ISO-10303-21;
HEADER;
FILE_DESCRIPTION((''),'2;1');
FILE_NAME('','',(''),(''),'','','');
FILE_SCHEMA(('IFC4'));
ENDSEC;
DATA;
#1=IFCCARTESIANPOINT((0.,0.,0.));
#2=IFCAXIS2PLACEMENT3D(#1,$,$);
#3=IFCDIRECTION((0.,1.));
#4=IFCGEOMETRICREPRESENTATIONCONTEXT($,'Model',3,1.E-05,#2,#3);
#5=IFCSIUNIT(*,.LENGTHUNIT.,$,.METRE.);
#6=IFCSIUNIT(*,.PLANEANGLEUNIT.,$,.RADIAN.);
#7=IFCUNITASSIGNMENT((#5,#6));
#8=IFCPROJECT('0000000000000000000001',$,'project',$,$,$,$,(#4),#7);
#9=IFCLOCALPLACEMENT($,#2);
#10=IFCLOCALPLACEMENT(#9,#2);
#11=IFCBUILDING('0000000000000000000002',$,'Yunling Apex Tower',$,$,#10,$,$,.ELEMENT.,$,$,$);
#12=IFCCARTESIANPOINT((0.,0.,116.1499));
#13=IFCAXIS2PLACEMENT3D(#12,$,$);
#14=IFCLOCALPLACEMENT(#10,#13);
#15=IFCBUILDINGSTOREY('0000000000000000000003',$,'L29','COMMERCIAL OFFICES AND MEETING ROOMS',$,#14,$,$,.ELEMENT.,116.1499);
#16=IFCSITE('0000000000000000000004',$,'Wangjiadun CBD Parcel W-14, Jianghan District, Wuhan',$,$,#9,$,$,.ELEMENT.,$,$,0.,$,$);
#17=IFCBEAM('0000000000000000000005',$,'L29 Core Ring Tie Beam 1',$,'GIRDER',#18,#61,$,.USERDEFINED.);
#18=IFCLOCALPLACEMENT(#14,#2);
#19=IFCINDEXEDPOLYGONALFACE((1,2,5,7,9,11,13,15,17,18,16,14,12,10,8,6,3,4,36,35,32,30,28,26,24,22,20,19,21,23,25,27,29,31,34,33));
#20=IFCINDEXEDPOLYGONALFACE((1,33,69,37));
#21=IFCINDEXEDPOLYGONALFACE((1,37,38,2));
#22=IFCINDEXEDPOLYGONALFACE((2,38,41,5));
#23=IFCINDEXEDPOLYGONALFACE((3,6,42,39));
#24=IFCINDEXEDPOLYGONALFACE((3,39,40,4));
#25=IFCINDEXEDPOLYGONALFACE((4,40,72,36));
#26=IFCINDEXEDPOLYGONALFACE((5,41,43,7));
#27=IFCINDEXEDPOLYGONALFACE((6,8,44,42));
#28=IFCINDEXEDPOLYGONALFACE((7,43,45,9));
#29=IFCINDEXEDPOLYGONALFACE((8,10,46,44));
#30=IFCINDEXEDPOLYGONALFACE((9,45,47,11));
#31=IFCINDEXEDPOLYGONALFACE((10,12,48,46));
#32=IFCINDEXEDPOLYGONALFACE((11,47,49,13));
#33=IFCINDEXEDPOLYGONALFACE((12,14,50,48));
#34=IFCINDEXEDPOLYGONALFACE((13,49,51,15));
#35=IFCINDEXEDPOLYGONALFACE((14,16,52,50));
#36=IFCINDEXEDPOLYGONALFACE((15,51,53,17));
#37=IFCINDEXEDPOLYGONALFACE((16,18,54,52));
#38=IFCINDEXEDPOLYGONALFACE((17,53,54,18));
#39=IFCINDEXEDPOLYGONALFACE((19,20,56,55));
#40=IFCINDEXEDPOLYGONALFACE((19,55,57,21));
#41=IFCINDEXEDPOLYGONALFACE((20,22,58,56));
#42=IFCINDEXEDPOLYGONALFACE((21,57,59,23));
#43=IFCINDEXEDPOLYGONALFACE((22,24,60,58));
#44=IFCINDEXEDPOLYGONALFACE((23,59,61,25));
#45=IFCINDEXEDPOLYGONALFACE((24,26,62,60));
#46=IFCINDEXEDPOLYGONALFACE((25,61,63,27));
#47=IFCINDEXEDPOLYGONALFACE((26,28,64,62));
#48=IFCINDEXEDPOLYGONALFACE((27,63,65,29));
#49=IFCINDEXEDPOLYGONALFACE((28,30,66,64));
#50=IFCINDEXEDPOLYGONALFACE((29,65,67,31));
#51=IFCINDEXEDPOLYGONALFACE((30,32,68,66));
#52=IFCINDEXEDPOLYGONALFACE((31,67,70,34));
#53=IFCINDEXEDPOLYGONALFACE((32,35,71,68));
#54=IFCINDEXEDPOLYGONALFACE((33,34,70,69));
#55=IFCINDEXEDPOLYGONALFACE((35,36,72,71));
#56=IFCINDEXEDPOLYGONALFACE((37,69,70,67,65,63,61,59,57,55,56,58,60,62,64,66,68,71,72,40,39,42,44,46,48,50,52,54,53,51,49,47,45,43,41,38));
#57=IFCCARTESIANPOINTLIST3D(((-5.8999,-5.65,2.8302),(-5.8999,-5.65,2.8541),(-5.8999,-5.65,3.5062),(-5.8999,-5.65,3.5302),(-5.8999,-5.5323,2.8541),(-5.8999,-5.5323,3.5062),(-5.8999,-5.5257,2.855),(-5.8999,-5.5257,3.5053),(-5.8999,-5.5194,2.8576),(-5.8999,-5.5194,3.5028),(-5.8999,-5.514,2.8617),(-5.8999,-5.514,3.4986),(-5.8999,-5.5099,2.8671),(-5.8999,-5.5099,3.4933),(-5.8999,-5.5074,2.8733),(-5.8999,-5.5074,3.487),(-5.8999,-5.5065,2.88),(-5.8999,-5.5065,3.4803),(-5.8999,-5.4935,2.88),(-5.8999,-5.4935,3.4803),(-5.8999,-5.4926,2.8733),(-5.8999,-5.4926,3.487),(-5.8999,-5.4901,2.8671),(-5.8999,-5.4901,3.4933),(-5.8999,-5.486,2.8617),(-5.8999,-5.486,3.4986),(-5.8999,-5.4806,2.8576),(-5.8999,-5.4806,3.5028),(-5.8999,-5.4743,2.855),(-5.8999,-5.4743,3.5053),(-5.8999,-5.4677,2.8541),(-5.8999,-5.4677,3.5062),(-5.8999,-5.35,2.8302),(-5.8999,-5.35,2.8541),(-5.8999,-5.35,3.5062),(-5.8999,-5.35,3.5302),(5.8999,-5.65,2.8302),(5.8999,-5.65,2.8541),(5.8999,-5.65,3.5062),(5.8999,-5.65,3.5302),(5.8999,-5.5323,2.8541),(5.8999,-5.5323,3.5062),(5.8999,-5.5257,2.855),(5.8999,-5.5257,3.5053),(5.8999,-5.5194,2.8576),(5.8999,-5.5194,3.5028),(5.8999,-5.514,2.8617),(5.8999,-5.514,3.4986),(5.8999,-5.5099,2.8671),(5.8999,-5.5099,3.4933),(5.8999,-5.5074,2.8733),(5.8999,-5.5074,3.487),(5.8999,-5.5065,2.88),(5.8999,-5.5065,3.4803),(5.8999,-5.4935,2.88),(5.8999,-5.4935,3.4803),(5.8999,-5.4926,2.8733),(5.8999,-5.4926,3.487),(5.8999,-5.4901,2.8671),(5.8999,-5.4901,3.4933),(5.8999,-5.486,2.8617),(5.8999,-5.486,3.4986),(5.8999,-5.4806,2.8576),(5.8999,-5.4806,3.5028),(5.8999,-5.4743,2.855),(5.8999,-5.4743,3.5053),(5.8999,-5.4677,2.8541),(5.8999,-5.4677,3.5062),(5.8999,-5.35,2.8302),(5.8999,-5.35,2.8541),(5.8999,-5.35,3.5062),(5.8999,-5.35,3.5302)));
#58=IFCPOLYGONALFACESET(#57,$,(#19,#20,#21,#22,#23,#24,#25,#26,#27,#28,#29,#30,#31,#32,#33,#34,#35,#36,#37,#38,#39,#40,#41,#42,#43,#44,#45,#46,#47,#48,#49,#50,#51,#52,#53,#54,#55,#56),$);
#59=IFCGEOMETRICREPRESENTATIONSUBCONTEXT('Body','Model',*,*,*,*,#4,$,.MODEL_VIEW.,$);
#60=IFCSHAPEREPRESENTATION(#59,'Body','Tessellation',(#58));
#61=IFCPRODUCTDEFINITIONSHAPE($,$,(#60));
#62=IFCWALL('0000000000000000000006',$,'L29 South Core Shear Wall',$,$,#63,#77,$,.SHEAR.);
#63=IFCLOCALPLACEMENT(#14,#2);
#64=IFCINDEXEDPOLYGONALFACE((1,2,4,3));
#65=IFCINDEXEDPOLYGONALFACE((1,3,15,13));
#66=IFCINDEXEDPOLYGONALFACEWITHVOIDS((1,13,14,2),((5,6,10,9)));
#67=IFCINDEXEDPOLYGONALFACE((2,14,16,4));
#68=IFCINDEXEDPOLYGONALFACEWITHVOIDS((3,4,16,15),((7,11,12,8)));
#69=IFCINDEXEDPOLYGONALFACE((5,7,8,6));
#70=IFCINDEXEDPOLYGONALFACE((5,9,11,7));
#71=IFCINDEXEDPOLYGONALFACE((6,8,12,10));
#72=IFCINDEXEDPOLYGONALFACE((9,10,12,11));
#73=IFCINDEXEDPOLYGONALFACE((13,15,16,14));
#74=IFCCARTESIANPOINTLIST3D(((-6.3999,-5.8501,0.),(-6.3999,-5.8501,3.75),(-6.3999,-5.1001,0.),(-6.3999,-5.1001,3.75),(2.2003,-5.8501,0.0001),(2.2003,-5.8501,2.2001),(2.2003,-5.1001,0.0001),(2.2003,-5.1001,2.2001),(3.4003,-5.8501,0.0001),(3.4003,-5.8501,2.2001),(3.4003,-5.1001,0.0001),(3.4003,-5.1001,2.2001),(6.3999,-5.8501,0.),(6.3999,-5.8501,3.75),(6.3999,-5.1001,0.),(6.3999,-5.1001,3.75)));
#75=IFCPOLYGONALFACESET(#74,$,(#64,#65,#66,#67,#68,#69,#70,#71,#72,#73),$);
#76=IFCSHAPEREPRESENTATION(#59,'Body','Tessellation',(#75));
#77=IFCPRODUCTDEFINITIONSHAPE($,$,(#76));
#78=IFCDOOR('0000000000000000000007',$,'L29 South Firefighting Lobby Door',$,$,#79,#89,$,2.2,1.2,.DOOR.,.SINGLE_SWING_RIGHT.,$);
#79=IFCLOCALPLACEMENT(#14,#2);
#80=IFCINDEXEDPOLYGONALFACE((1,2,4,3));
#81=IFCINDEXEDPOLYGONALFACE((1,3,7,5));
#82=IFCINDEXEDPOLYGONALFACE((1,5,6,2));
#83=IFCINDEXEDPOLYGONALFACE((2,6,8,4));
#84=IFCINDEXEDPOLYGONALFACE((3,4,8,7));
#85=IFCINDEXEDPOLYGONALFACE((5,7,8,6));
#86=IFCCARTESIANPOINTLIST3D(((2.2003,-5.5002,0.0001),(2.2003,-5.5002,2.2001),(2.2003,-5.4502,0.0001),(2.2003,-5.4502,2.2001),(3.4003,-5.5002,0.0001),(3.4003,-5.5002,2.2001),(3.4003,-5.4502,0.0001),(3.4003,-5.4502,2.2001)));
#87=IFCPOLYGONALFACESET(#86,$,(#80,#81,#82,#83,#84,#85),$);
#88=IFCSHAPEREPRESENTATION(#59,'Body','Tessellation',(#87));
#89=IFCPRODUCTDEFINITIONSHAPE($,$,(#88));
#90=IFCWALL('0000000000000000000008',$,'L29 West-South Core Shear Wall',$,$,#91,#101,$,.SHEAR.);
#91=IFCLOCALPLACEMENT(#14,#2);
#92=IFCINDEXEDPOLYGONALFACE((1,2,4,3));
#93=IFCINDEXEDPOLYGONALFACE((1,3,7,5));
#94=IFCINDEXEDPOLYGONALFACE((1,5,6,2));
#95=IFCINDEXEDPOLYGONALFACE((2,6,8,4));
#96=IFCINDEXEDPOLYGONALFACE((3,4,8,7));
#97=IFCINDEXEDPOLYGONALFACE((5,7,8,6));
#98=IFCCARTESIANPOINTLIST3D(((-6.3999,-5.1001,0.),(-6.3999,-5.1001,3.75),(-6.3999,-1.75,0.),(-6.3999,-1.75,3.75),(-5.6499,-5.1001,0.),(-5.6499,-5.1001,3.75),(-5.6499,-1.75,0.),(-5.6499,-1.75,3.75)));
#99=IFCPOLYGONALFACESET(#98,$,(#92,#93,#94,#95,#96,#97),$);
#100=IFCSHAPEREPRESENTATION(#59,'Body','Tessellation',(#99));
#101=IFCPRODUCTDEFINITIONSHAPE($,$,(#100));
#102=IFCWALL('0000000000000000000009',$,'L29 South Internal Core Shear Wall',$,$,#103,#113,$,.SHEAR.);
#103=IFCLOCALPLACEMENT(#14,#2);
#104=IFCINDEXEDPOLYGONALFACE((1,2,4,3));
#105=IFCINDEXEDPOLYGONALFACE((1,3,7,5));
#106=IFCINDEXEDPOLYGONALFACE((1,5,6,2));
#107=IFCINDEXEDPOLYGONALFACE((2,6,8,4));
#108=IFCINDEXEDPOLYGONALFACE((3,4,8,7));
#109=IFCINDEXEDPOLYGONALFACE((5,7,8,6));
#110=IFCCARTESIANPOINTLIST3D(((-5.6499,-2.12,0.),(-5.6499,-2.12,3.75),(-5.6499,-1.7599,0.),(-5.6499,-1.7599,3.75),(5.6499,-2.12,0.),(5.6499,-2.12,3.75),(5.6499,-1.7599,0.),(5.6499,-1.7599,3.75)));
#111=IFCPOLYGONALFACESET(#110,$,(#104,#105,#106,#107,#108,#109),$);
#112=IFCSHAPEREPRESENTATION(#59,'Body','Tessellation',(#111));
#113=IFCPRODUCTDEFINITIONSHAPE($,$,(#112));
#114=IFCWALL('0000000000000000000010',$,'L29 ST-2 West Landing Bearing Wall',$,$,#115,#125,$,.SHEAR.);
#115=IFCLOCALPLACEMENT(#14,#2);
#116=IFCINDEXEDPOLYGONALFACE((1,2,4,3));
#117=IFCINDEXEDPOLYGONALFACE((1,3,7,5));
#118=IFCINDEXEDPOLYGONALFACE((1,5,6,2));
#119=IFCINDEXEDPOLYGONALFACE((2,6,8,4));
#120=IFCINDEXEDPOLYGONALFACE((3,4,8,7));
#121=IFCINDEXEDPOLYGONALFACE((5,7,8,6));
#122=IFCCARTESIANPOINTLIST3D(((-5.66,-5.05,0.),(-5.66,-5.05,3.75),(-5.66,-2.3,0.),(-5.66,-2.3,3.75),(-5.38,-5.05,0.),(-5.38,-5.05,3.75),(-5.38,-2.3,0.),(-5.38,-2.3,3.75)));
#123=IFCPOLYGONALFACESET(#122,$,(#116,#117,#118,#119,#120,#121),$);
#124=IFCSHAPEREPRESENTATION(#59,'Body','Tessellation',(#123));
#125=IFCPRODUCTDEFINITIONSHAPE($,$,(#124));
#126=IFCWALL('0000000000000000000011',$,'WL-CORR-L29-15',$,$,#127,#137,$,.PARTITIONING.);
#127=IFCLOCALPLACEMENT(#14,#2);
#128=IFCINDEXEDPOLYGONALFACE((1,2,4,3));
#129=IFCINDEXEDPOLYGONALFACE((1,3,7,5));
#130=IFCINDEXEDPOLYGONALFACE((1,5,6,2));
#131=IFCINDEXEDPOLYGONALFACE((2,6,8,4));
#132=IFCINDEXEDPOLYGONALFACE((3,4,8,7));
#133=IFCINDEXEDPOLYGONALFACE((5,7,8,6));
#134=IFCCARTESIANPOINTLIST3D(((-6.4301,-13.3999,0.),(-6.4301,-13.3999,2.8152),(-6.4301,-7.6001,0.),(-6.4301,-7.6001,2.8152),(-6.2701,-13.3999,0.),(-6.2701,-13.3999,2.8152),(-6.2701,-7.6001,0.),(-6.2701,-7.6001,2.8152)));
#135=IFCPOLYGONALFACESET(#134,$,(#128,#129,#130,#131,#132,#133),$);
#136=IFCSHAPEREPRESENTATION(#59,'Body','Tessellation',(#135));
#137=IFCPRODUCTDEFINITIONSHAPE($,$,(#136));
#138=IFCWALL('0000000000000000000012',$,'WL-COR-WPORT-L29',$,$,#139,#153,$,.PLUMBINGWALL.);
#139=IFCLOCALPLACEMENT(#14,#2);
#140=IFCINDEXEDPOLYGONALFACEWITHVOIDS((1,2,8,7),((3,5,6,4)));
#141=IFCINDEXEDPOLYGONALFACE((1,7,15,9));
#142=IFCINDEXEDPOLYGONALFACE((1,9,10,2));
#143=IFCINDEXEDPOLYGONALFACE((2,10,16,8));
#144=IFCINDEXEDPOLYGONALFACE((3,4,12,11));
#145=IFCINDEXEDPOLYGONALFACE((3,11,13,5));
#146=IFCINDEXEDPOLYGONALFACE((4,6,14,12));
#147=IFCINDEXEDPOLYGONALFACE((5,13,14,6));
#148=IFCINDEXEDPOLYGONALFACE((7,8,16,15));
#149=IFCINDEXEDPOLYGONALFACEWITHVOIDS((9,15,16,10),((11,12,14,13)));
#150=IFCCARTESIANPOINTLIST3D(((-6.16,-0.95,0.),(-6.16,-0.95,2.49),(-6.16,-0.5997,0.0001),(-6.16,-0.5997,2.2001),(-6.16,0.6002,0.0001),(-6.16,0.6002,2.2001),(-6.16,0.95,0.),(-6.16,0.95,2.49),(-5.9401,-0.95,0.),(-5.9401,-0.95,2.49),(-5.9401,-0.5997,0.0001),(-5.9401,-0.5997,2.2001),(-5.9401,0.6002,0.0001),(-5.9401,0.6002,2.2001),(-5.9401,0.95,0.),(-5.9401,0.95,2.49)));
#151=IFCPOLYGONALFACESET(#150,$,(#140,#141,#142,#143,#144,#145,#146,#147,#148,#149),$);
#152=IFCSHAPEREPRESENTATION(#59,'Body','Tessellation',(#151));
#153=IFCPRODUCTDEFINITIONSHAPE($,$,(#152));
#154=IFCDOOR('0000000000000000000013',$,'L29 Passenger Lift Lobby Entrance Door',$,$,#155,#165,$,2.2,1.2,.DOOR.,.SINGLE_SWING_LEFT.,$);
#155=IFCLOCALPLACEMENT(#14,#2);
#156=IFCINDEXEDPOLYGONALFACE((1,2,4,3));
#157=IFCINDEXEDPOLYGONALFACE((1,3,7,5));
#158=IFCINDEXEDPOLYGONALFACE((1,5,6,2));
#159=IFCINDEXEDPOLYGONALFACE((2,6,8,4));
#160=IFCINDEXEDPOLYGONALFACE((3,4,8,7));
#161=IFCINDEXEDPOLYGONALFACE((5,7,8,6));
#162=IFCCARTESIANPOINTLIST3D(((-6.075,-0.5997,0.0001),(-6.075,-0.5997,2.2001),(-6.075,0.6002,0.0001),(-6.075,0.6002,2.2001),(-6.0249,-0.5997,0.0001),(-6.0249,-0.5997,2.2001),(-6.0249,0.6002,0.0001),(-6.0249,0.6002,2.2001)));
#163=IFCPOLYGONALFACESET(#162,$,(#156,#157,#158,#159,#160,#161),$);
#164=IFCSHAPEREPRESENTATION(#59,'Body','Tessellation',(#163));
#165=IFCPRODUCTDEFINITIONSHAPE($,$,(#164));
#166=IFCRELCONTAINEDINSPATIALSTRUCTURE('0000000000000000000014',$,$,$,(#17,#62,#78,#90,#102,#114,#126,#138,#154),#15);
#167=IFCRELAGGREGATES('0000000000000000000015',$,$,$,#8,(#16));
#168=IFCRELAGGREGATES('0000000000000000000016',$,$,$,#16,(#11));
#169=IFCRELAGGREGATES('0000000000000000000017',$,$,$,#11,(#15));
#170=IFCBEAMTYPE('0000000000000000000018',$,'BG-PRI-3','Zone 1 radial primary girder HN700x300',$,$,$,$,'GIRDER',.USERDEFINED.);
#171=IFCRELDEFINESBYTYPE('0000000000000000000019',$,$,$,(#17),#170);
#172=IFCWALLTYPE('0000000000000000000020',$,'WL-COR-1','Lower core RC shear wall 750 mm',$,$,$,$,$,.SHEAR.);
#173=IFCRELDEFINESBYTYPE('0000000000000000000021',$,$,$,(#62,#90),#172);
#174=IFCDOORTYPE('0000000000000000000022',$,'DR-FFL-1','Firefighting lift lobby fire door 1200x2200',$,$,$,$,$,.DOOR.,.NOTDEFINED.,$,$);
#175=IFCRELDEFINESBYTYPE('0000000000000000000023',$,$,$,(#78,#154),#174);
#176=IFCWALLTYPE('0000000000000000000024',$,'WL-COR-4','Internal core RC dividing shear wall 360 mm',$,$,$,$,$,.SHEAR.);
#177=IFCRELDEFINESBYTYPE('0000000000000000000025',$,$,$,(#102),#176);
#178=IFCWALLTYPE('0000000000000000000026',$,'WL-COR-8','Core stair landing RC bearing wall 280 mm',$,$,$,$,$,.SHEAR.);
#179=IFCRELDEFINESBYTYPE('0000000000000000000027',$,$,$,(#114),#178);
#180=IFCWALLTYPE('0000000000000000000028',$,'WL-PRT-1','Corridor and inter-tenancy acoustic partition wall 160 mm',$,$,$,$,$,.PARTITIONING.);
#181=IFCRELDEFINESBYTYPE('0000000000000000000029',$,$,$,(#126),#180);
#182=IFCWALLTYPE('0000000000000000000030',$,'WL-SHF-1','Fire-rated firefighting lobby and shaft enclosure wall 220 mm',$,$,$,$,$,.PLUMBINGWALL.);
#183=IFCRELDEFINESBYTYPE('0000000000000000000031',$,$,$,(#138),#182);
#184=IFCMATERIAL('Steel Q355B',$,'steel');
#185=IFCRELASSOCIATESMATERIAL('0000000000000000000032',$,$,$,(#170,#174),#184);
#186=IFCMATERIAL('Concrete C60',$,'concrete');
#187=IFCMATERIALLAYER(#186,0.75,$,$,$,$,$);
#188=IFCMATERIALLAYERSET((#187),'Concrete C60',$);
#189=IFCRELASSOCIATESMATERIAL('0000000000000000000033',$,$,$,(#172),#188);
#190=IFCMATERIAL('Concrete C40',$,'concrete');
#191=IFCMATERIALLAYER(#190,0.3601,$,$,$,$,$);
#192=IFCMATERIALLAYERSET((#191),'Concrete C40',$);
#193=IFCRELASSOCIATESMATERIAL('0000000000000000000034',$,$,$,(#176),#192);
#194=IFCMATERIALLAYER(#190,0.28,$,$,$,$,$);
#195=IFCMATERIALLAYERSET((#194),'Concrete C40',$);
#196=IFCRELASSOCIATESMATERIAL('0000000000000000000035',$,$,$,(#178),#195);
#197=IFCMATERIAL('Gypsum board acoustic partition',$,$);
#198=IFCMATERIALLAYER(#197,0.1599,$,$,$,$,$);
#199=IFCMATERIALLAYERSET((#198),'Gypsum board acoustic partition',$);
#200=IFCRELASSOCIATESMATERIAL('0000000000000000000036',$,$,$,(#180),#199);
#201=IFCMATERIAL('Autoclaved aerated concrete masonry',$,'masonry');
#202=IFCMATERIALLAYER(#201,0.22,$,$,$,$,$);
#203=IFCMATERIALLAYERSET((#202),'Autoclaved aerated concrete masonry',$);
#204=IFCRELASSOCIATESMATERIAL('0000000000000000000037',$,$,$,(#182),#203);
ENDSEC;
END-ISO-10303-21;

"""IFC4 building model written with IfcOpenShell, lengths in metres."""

from ifc_helpers import new_model, si_unit, direction, frame, frame_2d, origin, origin_2d, place, context, subcontext, project, spatial, rectangle, i_section, extrude, source, transform, mapped, material, layer, layer_set, material_profile, profile_set, type_object, element, fill, save


model = new_model("IFC4")

# Units and contexts
model_context = context("Model", 3, precision=1e-05, world=origin(), true_north=direction((0.0, 1.0)))
body_context = subcontext(model_context, "Body", "Model", "MODEL_VIEW")
ifc_project = project(units=[si_unit("LENGTHUNIT", "METRE"), si_unit("PLANEANGLEUNIT", "RADIAN")], contexts=[model_context])

# Site, building, storey
site_placement = place(None, origin())
site = spatial("IfcSite", under=ifc_project, at=site_placement, Name="Wangjiadun CBD Parcel W-14, Jianghan District, Wuhan", CompositionType="ELEMENT", RefElevation=0.0)
building_placement = place(site_placement, origin())
building = spatial("IfcBuilding", under=site, at=building_placement, Name="Yunling Apex Tower", CompositionType="ELEMENT")
storey_placement = place(building_placement, frame((0.0, 0.0, 116.1499)))
storey = spatial("IfcBuildingStorey", under=building, at=storey_placement, Name="L29", Description="COMMERCIAL OFFICES AND MEETING ROOMS", CompositionType="ELEMENT", Elevation=116.1499)

# Shared definitions
ifc_material_1 = material(Name="Concrete C60", Category="concrete")

# Beam
ifc_material_2 = material(Name="Steel Q355B", Category="steel")
ifc_material_profile_1 = material_profile(ifc_material_2, i_section(OverallWidth=0.3, OverallDepth=0.7, WebThickness=0.0129, FlangeThickness=0.0239, FilletRadius=0.0259, at=origin_2d()))
ifc_profile_set_1 = profile_set([ifc_material_profile_1], Name="Steel Q355B")
beam_type_1 = type_object("IfcBeamType", Name="BG-PRI-3", Description="Zone 1 radial primary girder HN700x300", ElementType="GIRDER", PredefinedType="USERDEFINED", material=ifc_profile_set_1)
shared_shape_1 = source(origin(), body_context, "Body", "SweptSolid", [
    extrude(i_section(OverallWidth=0.3, OverallDepth=0.7, WebThickness=0.0129, FlangeThickness=0.0239, FilletRadius=0.0259, at=origin_2d()), origin(), (0.0, 0.0, 1.0), 11.7998),
])
beam_1_placement = place(storey_placement, frame((-5.8999, -5.5, 3.1802), z_axis=(1.0, 0.0, 0.0), x_axis=(0.0, 1.0, 0.0)))
element("IfcBeam", 1, at=beam_1_placement, inside=storey, type_object=beam_type_1, Name="L29 Core Ring Tie Beam 1", ObjectType="GIRDER", PredefinedType="USERDEFINED", context=body_context, shape_type="MappedRepresentation", body=[
    mapped(shared_shape_1, transform((0.0, 0.0, 0.0), scale=1.0)),
])

# Wall, opening, door
ifc_layer_1 = layer(ifc_material_1, 0.75)
ifc_layer_set_1 = layer_set([ifc_layer_1], Name="Concrete C60")
wall_type_1 = type_object("IfcWallType", Name="WL-COR-1", Description="Lower core RC shear wall 750 mm", PredefinedType="SHEAR", material=ifc_layer_set_1)
wall_1_placement = place(storey_placement, frame((-6.3999, -5.4751, 0.0), z_axis=(0.0, 0.0, 1.0), x_axis=(1.0, 0.0, 0.0)))
wall_1 = element("IfcWall", 2, at=wall_1_placement, inside=storey, type_object=wall_type_1, Name="L29 South Core Shear Wall", PredefinedType="SHEAR", context=body_context, shape_type="SweptSolid", body=[
    extrude(rectangle(XDim=12.7998, YDim=0.75, at=frame_2d((6.3999, 0.0))), origin(), (0.0, 0.0, 1.0), 3.75),
])
opening_1_placement = place(wall_1_placement, frame((8.6001, 0.0, 0.0)))
opening_1 = element("IfcOpeningElement", 3, at=opening_1_placement, cuts=wall_1, PredefinedType="OPENING", context=body_context, shape_type="SweptSolid", body=[
    extrude(rectangle(XDim=1.2, YDim=2.2, at=frame_2d((0.6001, 1.1001))), frame((0.0, 0.385, 0.0), z_axis=(0.0, -1.0, 0.0), x_axis=(1.0, 0.0, 0.0)), (0.0, 0.0, 1.0), 0.77),
])
door_type = type_object("IfcDoorType", Name="DR-FFL-1", Description="Firefighting lift lobby fire door 1200x2200", OperationType="NOTDEFINED", PredefinedType="DOOR", material=ifc_material_2)
door_1_placement = place(opening_1_placement, origin())
door_1 = element("IfcDoor", 4, at=door_1_placement, inside=storey, type_object=door_type, Name="L29 South Firefighting Lobby Door", OperationType="SINGLE_SWING_RIGHT", OverallHeight=2.2, OverallWidth=1.2, PredefinedType="DOOR", context=body_context, shape_type="SweptSolid", body=[
    extrude(rectangle(XDim=1.2, YDim=2.2, at=frame_2d((0.6001, 1.1001))), frame((0.0, 0.0249, 0.0), z_axis=(0.0, -1.0, 0.0), x_axis=(1.0, 0.0, 0.0)), (0.0, 0.0, 1.0), 0.05),
])
fill(opening_1, door_1)

# Walls
wall_2_placement = place(storey_placement, frame((-6.0249, -5.1001, 0.0), z_axis=(0.0, 0.0, 1.0), x_axis=(0.0, 1.0, 0.0)))
element("IfcWall", 5, at=wall_2_placement, inside=storey, type_object=wall_type_1, Name="L29 West-South Core Shear Wall", PredefinedType="SHEAR", context=body_context, shape_type="SweptSolid", body=[
    extrude(rectangle(XDim=3.3501, YDim=0.75, at=frame_2d((1.675, 0.0))), origin(), (0.0, 0.0, 1.0), 3.75),
])
ifc_material_3 = material(Name="Concrete C40", Category="concrete")
ifc_layer_2 = layer(ifc_material_3, 0.3601)
ifc_layer_set_2 = layer_set([ifc_layer_2], Name="Concrete C40")
wall_type_2 = type_object("IfcWallType", Name="WL-COR-4", Description="Internal core RC dividing shear wall 360 mm", PredefinedType="SHEAR", material=ifc_layer_set_2)
wall_3_placement = place(storey_placement, frame((-5.6499, -1.9399, 0.0), z_axis=(0.0, 0.0, 1.0), x_axis=(1.0, 0.0, 0.0)))
element("IfcWall", 6, at=wall_3_placement, inside=storey, type_object=wall_type_2, Name="L29 South Internal Core Shear Wall", PredefinedType="SHEAR", context=body_context, shape_type="SweptSolid", body=[
    extrude(rectangle(XDim=11.2998, YDim=0.3601, at=frame_2d((5.6499, 0.0))), origin(), (0.0, 0.0, 1.0), 3.75),
])
ifc_layer_3 = layer(ifc_material_3, 0.28)
ifc_layer_set_3 = layer_set([ifc_layer_3], Name="Concrete C40")
wall_type_3 = type_object("IfcWallType", Name="WL-COR-8", Description="Core stair landing RC bearing wall 280 mm", PredefinedType="SHEAR", material=ifc_layer_set_3)
wall_4_placement = place(storey_placement, frame((-5.52, -5.05, 0.0), z_axis=(0.0, 0.0, 1.0), x_axis=(0.0, 1.0, 0.0)))
element("IfcWall", 7, at=wall_4_placement, inside=storey, type_object=wall_type_3, Name="L29 ST-2 West Landing Bearing Wall", PredefinedType="SHEAR", context=body_context, shape_type="SweptSolid", body=[
    extrude(rectangle(XDim=2.75, YDim=0.28, at=frame_2d((1.375, 0.0))), origin(), (0.0, 0.0, 1.0), 3.75),
])
ifc_material_4 = material(Name="Gypsum board acoustic partition")
ifc_layer_4 = layer(ifc_material_4, 0.1599)
ifc_layer_set_4 = layer_set([ifc_layer_4], Name="Gypsum board acoustic partition")
wall_type_4 = type_object("IfcWallType", Name="WL-PRT-1", Description="Corridor and inter-tenancy acoustic partition wall 160 mm", PredefinedType="PARTITIONING", material=ifc_layer_set_4)
wall_5_placement = place(storey_placement, frame((-6.3501, -7.6001, 0.0), z_axis=(0.0, 0.0, 1.0), x_axis=(0.0, -1.0, 0.0)))
element("IfcWall", 8, at=wall_5_placement, inside=storey, type_object=wall_type_4, Name="WL-CORR-L29-15", PredefinedType="PARTITIONING", context=body_context, shape_type="SweptSolid", body=[
    extrude(rectangle(XDim=5.7998, YDim=0.1599, at=frame_2d((2.8999, 0.0))), origin(), (0.0, 0.0, 1.0), 2.8152),
])

# Wall, opening, door
ifc_material_5 = material(Name="Autoclaved aerated concrete masonry", Category="masonry")
ifc_layer_5 = layer(ifc_material_5, 0.22)
ifc_layer_set_5 = layer_set([ifc_layer_5], Name="Autoclaved aerated concrete masonry")
wall_type_5 = type_object("IfcWallType", Name="WL-SHF-1", Description="Fire-rated firefighting lobby and shaft enclosure wall 220 mm", PredefinedType="PLUMBINGWALL", material=ifc_layer_set_5)
wall_6_placement = place(storey_placement, frame((-6.05, -0.95, 0.0), z_axis=(0.0, 0.0, 1.0), x_axis=(0.0, 1.0, 0.0)))
wall_6 = element("IfcWall", 9, at=wall_6_placement, inside=storey, type_object=wall_type_5, Name="WL-COR-WPORT-L29", PredefinedType="PLUMBINGWALL", context=body_context, shape_type="SweptSolid", body=[
    extrude(rectangle(XDim=1.8999, YDim=0.22, at=frame_2d((0.95, 0.0))), origin(), (0.0, 0.0, 1.0), 2.49),
])
opening_2_placement = place(wall_6_placement, frame((0.3501, 0.0, 0.0)))
opening_2 = element("IfcOpeningElement", 10, at=opening_2_placement, cuts=wall_6, PredefinedType="OPENING", context=body_context, shape_type="SweptSolid", body=[
    extrude(rectangle(XDim=1.2, YDim=2.2, at=frame_2d((0.6001, 1.1001))), frame((0.0, 0.1201, 0.0), z_axis=(0.0, -1.0, 0.0), x_axis=(1.0, 0.0, 0.0)), (0.0, 0.0, 1.0), 0.24),
])
door_2_placement = place(opening_2_placement, origin())
door_2 = element("IfcDoor", 11, at=door_2_placement, inside=storey, type_object=door_type, Name="L29 Passenger Lift Lobby Entrance Door", OperationType="SINGLE_SWING_LEFT", OverallHeight=2.2, OverallWidth=1.2, PredefinedType="DOOR", context=body_context, shape_type="SweptSolid", body=[
    extrude(rectangle(XDim=1.2, YDim=2.2, at=frame_2d((0.6001, 1.1001))), frame((0.0, 0.0249, 0.0), z_axis=(0.0, -1.0, 0.0), x_axis=(1.0, 0.0, 0.0)), (0.0, 0.0, 1.0), 0.05),
])
fill(opening_2, door_2)

save(model, "model.ifc")
